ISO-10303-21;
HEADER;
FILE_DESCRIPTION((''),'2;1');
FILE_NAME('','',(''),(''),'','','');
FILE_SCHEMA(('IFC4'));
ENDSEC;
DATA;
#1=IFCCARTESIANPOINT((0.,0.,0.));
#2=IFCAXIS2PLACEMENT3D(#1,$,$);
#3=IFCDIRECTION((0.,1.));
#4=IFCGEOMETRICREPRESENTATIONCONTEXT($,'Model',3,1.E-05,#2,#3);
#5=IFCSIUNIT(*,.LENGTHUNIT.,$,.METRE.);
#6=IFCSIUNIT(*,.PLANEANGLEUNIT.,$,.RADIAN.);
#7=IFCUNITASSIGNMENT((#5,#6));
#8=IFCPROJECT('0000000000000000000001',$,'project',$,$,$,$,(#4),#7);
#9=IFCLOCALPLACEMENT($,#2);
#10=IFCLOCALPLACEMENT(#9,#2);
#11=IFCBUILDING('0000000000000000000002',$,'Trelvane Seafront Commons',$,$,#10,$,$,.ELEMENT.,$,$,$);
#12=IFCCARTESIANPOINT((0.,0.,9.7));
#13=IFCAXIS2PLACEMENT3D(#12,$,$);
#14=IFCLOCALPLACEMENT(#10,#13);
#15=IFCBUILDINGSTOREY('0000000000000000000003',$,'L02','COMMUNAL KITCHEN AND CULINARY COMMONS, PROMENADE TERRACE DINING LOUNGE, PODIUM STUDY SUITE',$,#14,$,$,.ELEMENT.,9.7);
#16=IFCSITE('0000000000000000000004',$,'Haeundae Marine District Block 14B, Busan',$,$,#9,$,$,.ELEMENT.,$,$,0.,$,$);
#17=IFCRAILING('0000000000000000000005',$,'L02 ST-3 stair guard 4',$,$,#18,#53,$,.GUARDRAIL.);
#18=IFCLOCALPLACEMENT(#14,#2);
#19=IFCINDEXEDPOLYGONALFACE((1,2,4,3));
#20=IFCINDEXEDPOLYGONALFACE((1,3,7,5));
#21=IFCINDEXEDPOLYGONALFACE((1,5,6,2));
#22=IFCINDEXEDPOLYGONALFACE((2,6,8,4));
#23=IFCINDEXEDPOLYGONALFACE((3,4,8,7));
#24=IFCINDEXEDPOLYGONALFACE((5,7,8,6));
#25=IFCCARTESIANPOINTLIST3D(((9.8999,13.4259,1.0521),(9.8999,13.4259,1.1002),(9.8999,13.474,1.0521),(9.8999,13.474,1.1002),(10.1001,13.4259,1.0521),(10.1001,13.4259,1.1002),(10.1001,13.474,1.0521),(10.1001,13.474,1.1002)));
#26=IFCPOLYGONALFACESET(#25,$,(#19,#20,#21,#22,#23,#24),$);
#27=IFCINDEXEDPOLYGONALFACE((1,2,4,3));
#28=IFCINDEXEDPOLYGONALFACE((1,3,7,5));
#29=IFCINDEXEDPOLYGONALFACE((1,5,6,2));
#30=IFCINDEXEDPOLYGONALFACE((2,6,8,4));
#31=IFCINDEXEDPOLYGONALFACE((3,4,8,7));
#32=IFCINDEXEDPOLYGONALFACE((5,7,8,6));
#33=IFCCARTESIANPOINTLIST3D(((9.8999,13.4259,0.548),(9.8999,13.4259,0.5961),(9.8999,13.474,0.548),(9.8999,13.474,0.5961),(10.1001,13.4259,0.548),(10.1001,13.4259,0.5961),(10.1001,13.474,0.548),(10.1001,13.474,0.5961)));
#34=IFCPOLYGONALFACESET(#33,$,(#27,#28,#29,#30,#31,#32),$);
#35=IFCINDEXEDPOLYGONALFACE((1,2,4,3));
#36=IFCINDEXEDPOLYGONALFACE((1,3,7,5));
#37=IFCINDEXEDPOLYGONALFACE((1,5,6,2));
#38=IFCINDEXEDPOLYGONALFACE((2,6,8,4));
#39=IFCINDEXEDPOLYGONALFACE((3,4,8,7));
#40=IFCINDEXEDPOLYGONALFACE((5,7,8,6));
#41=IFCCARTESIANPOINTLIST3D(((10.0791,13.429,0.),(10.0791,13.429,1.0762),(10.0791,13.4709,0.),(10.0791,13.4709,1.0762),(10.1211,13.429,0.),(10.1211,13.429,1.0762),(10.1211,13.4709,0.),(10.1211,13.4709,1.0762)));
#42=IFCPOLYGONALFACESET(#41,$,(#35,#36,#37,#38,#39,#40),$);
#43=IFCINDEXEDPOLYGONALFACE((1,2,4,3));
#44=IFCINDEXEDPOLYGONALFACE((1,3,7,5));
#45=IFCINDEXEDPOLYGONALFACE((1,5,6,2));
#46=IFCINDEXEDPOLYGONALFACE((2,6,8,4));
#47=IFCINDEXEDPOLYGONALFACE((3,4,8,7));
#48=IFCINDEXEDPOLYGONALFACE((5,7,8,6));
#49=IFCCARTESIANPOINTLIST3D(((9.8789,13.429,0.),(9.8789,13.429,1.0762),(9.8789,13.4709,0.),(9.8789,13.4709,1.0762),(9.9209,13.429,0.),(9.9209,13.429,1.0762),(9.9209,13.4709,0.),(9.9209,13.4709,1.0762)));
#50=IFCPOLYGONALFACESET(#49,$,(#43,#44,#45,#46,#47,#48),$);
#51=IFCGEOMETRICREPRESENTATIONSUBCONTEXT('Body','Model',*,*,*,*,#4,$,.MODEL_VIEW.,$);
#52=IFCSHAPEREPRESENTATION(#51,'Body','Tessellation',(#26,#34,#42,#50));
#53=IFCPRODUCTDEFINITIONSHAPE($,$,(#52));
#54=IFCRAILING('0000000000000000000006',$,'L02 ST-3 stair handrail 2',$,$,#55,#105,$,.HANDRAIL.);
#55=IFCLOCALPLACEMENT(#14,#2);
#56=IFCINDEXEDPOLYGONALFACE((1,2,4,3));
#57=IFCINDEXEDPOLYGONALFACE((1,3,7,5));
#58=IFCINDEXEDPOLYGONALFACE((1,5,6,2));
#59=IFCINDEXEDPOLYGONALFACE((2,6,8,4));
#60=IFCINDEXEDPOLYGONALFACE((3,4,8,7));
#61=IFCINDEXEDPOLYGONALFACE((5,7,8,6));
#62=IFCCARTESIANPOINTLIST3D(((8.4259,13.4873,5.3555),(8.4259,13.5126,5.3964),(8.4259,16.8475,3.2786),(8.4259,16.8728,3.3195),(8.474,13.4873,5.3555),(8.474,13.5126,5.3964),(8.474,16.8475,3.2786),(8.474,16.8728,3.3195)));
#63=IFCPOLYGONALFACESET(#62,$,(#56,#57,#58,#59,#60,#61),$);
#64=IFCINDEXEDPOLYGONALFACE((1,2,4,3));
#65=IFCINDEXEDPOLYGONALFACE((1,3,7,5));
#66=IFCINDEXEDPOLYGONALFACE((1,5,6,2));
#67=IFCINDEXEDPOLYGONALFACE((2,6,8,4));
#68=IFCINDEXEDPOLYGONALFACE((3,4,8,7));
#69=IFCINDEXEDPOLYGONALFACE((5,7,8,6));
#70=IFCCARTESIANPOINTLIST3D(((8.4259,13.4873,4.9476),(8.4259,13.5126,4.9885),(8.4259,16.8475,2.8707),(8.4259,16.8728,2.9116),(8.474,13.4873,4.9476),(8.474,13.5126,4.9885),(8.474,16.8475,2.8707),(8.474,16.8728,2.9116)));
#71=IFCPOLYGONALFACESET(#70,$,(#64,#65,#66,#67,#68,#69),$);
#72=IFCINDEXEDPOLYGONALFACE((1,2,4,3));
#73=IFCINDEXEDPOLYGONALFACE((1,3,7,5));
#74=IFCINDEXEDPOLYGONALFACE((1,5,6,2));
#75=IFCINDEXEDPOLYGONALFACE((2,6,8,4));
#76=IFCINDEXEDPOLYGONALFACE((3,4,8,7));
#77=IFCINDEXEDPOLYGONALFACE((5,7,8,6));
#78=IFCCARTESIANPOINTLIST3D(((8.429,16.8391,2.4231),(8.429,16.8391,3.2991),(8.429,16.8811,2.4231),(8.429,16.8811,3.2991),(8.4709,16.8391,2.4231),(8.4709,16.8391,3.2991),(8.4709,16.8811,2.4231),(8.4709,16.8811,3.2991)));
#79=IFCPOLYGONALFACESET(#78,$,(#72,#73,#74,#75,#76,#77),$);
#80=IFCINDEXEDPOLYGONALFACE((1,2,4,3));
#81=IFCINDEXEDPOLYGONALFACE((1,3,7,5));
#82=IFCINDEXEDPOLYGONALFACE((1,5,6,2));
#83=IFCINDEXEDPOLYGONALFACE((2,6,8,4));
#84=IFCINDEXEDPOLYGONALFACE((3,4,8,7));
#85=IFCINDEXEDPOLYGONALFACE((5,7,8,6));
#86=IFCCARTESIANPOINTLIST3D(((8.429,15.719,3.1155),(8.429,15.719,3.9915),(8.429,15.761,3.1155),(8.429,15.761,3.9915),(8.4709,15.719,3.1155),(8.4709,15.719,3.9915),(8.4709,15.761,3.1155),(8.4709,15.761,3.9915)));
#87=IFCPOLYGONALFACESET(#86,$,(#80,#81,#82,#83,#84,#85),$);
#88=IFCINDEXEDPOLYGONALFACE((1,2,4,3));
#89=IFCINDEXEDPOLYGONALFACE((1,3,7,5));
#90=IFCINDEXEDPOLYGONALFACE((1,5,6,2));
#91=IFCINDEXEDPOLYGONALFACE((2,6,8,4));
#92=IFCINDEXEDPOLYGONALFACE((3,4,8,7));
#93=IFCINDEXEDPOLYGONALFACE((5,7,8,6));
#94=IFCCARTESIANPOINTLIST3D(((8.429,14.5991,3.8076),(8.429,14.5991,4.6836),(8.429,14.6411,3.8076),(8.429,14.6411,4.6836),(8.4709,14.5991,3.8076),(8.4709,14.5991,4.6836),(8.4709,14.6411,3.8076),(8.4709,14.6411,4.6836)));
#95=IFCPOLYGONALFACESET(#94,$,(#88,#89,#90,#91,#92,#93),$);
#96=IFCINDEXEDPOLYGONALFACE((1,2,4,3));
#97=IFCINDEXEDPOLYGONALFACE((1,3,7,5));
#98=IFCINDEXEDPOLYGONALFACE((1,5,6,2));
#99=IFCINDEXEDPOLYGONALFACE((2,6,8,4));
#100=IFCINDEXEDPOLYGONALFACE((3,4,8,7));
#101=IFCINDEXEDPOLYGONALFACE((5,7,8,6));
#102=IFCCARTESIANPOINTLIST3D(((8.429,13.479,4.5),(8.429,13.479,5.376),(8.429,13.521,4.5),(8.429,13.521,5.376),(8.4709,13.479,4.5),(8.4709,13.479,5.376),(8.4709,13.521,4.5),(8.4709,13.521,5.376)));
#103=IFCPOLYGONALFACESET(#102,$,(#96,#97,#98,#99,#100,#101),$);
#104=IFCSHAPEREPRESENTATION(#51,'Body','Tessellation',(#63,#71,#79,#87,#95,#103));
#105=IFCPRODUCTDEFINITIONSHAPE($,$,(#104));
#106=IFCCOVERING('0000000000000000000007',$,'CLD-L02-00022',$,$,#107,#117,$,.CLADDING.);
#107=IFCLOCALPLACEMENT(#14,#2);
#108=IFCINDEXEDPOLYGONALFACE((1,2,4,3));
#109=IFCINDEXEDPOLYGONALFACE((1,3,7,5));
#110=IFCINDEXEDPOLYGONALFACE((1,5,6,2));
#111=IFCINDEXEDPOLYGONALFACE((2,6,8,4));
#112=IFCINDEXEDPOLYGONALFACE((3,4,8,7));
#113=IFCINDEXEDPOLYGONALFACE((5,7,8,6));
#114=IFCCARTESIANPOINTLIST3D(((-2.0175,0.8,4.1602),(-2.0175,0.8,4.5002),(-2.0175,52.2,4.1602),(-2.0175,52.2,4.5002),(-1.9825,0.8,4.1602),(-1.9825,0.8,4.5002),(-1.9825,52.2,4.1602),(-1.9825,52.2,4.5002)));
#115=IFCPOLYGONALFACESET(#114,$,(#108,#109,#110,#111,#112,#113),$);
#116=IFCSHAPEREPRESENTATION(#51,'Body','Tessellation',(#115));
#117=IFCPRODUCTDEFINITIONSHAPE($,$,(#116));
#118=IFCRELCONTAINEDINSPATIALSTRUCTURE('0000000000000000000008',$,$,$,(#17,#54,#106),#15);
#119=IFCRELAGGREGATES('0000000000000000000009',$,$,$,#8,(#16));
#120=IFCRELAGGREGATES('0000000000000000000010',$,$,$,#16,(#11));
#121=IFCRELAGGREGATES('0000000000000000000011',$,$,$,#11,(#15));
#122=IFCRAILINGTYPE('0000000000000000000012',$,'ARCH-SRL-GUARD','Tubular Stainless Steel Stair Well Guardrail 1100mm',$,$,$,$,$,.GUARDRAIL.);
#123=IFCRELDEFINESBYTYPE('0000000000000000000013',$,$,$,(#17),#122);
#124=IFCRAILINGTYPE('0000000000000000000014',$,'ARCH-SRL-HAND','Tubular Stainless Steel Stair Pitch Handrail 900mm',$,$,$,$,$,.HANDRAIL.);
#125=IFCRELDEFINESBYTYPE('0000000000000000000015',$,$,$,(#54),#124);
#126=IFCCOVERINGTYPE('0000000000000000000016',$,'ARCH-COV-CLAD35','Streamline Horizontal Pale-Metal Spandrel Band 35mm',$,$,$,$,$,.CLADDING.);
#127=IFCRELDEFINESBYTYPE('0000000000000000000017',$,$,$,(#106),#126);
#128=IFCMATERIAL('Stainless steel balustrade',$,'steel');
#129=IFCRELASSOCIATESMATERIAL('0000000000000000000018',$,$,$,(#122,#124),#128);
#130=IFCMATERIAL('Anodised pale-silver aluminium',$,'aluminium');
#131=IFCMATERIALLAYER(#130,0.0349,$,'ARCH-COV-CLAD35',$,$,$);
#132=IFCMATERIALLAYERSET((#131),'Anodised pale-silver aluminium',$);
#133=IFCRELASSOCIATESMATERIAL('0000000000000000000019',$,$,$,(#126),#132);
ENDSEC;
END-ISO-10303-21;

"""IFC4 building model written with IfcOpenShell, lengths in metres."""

from ifc_helpers import new_model, si_unit, direction, frame, origin, origin_2d, place, context, subcontext, project, spatial, rectangle, extrude, source, transform, mapped, material, layer, layer_set, type_object, element, save


model = new_model("IFC4")

# Units and contexts
model_context = context("Model", 3, precision=1e-05, world=origin(), true_north=direction((0.0, 1.0)))
body_context = subcontext(model_context, "Body", "Model", "MODEL_VIEW")
ifc_project = project(units=[si_unit("LENGTHUNIT", "METRE"), si_unit("PLANEANGLEUNIT", "RADIAN")], contexts=[model_context])

# Site, building, storey
site_placement = place(None, origin())
site = spatial("IfcSite", under=ifc_project, at=site_placement, Name="Haeundae Marine District Block 14B, Busan", CompositionType="ELEMENT", RefElevation=0.0)
building_placement = place(site_placement, origin())
building = spatial("IfcBuilding", under=site, at=building_placement, Name="Trelvane Seafront Commons", CompositionType="ELEMENT")
storey_placement = place(building_placement, frame((0.0, 0.0, 9.7)))
storey = spatial("IfcBuildingStorey", under=building, at=storey_placement, Name="L02", Description="COMMUNAL KITCHEN AND CULINARY COMMONS, PROMENADE TERRACE DINING LOUNGE, PODIUM STUDY SUITE", CompositionType="ELEMENT", Elevation=9.7)

# Shared definitions
ifc_material_1 = material(Name="Anodised pale-silver aluminium", Category="aluminium")

# Railings
ifc_material_2 = material(Name="Stainless steel balustrade", Category="steel")
railing_type_1 = type_object("IfcRailingType", Name="ARCH-SRL-GUARD", Description="Tubular Stainless Steel Stair Well Guardrail 1100mm", PredefinedType="GUARDRAIL", material=ifc_material_2)
railing_1_placement = place(storey_placement, frame((10.1001, 13.45, 0.0)))
element("IfcRailing", 1, at=railing_1_placement, inside=storey, type_object=railing_type_1, Name="L02 ST-3 stair guard 4", PredefinedType="GUARDRAIL", context=body_context, shape_type="SweptSolid", body=[
    extrude(rectangle(XDim=0.0481, YDim=0.0481, at=origin_2d()), frame((0.0, 0.0, 1.0762), z_axis=(-1.0, 0.0, 0.0), x_axis=(0.0, -1.0, 0.0)), (0.0, 0.0, 1.0), 0.2002),
    extrude(rectangle(XDim=0.0481, YDim=0.0481, at=origin_2d()), frame((0.0, 0.0, 0.572), z_axis=(-1.0, 0.0, 0.0), x_axis=(0.0, -1.0, 0.0)), (0.0, 0.0, 1.0), 0.2002),
    extrude(rectangle(XDim=0.042, YDim=0.042, at=origin_2d()), origin(), (0.0, 0.0, 1.0), 1.0762),
    extrude(rectangle(XDim=0.042, YDim=0.042, at=origin_2d()), frame((-0.2002, 0.0, 0.0)), (0.0, 0.0, 1.0), 1.0762),
])
railing_type_2 = type_object("IfcRailingType", Name="ARCH-SRL-HAND", Description="Tubular Stainless Steel Stair Pitch Handrail 900mm", PredefinedType="HANDRAIL", material=ifc_material_2)
railing_2_placement = place(storey_placement, frame((8.45, 16.8601, 2.4231)))
element("IfcRailing", 2, at=railing_2_placement, inside=storey, type_object=railing_type_2, Name="L02 ST-3 stair handrail 2", PredefinedType="HANDRAIL", context=body_context, shape_type="SweptSolid", body=[
    extrude(rectangle(XDim=0.0481, YDim=0.0481, at=origin_2d()), frame((0.0, 0.0, 0.876), z_axis=(0.0, -0.850623, 0.525776), x_axis=(1.0, 0.0, 0.0)), (0.0, 0.0, 1.0), 3.9502),
    extrude(rectangle(XDim=0.0481, YDim=0.0481, at=origin_2d()), frame((0.0, 0.0, 0.468), z_axis=(0.0, -0.850623, 0.525776), x_axis=(1.0, 0.0, 0.0)), (0.0, 0.0, 1.0), 3.9502),
    extrude(rectangle(XDim=0.042, YDim=0.042, at=origin_2d()), origin(), (0.0, 0.0, 1.0), 0.876),
    extrude(rectangle(XDim=0.042, YDim=0.042, at=origin_2d()), frame((0.0, -1.1201, 0.6924)), (0.0, 0.0, 1.0), 0.876),
    extrude(rectangle(XDim=0.042, YDim=0.042, at=origin_2d()), frame((0.0, -2.24, 1.3845)), (0.0, 0.0, 1.0), 0.876),
    extrude(rectangle(XDim=0.042, YDim=0.042, at=origin_2d()), frame((0.0, -3.3601, 2.0769)), (0.0, 0.0, 1.0), 0.876),
])

# Covering
ifc_layer_1 = layer(ifc_material_1, 0.0349, Name="ARCH-COV-CLAD35")
ifc_layer_set_1 = layer_set([ifc_layer_1], Name="Anodised pale-silver aluminium")
covering_type = type_object("IfcCoveringType", Name="ARCH-COV-CLAD35", Description="Streamline Horizontal Pale-Metal Spandrel Band 35mm", PredefinedType="CLADDING", material=ifc_layer_set_1)
shared_shape_1 = source(origin(), body_context, "Body", "SweptSolid", [
    extrude(rectangle(XDim=51.3999, YDim=0.0349, at=origin_2d()), origin(), (0.0, 0.0, 1.0), 0.3401),
])
covering_placement = place(storey_placement, frame((-2.0, 26.5, 4.1602), z_axis=(0.0, 0.0, 1.0), x_axis=(0.0, 1.0, 0.0)))
element("IfcCovering", 3, at=covering_placement, inside=storey, type_object=covering_type, Name="CLD-L02-00022", PredefinedType="CLADDING", context=body_context, shape_type="MappedRepresentation", body=[
    mapped(shared_shape_1, transform((0.0, 0.0, 0.0), x_axis=(1.0, 0.0, 0.0), y_axis=(0.0, 1.0, 0.0), z_axis=(0.0, 0.0, 1.0), scale=1.0)),
])

save(model, "model.ifc")
